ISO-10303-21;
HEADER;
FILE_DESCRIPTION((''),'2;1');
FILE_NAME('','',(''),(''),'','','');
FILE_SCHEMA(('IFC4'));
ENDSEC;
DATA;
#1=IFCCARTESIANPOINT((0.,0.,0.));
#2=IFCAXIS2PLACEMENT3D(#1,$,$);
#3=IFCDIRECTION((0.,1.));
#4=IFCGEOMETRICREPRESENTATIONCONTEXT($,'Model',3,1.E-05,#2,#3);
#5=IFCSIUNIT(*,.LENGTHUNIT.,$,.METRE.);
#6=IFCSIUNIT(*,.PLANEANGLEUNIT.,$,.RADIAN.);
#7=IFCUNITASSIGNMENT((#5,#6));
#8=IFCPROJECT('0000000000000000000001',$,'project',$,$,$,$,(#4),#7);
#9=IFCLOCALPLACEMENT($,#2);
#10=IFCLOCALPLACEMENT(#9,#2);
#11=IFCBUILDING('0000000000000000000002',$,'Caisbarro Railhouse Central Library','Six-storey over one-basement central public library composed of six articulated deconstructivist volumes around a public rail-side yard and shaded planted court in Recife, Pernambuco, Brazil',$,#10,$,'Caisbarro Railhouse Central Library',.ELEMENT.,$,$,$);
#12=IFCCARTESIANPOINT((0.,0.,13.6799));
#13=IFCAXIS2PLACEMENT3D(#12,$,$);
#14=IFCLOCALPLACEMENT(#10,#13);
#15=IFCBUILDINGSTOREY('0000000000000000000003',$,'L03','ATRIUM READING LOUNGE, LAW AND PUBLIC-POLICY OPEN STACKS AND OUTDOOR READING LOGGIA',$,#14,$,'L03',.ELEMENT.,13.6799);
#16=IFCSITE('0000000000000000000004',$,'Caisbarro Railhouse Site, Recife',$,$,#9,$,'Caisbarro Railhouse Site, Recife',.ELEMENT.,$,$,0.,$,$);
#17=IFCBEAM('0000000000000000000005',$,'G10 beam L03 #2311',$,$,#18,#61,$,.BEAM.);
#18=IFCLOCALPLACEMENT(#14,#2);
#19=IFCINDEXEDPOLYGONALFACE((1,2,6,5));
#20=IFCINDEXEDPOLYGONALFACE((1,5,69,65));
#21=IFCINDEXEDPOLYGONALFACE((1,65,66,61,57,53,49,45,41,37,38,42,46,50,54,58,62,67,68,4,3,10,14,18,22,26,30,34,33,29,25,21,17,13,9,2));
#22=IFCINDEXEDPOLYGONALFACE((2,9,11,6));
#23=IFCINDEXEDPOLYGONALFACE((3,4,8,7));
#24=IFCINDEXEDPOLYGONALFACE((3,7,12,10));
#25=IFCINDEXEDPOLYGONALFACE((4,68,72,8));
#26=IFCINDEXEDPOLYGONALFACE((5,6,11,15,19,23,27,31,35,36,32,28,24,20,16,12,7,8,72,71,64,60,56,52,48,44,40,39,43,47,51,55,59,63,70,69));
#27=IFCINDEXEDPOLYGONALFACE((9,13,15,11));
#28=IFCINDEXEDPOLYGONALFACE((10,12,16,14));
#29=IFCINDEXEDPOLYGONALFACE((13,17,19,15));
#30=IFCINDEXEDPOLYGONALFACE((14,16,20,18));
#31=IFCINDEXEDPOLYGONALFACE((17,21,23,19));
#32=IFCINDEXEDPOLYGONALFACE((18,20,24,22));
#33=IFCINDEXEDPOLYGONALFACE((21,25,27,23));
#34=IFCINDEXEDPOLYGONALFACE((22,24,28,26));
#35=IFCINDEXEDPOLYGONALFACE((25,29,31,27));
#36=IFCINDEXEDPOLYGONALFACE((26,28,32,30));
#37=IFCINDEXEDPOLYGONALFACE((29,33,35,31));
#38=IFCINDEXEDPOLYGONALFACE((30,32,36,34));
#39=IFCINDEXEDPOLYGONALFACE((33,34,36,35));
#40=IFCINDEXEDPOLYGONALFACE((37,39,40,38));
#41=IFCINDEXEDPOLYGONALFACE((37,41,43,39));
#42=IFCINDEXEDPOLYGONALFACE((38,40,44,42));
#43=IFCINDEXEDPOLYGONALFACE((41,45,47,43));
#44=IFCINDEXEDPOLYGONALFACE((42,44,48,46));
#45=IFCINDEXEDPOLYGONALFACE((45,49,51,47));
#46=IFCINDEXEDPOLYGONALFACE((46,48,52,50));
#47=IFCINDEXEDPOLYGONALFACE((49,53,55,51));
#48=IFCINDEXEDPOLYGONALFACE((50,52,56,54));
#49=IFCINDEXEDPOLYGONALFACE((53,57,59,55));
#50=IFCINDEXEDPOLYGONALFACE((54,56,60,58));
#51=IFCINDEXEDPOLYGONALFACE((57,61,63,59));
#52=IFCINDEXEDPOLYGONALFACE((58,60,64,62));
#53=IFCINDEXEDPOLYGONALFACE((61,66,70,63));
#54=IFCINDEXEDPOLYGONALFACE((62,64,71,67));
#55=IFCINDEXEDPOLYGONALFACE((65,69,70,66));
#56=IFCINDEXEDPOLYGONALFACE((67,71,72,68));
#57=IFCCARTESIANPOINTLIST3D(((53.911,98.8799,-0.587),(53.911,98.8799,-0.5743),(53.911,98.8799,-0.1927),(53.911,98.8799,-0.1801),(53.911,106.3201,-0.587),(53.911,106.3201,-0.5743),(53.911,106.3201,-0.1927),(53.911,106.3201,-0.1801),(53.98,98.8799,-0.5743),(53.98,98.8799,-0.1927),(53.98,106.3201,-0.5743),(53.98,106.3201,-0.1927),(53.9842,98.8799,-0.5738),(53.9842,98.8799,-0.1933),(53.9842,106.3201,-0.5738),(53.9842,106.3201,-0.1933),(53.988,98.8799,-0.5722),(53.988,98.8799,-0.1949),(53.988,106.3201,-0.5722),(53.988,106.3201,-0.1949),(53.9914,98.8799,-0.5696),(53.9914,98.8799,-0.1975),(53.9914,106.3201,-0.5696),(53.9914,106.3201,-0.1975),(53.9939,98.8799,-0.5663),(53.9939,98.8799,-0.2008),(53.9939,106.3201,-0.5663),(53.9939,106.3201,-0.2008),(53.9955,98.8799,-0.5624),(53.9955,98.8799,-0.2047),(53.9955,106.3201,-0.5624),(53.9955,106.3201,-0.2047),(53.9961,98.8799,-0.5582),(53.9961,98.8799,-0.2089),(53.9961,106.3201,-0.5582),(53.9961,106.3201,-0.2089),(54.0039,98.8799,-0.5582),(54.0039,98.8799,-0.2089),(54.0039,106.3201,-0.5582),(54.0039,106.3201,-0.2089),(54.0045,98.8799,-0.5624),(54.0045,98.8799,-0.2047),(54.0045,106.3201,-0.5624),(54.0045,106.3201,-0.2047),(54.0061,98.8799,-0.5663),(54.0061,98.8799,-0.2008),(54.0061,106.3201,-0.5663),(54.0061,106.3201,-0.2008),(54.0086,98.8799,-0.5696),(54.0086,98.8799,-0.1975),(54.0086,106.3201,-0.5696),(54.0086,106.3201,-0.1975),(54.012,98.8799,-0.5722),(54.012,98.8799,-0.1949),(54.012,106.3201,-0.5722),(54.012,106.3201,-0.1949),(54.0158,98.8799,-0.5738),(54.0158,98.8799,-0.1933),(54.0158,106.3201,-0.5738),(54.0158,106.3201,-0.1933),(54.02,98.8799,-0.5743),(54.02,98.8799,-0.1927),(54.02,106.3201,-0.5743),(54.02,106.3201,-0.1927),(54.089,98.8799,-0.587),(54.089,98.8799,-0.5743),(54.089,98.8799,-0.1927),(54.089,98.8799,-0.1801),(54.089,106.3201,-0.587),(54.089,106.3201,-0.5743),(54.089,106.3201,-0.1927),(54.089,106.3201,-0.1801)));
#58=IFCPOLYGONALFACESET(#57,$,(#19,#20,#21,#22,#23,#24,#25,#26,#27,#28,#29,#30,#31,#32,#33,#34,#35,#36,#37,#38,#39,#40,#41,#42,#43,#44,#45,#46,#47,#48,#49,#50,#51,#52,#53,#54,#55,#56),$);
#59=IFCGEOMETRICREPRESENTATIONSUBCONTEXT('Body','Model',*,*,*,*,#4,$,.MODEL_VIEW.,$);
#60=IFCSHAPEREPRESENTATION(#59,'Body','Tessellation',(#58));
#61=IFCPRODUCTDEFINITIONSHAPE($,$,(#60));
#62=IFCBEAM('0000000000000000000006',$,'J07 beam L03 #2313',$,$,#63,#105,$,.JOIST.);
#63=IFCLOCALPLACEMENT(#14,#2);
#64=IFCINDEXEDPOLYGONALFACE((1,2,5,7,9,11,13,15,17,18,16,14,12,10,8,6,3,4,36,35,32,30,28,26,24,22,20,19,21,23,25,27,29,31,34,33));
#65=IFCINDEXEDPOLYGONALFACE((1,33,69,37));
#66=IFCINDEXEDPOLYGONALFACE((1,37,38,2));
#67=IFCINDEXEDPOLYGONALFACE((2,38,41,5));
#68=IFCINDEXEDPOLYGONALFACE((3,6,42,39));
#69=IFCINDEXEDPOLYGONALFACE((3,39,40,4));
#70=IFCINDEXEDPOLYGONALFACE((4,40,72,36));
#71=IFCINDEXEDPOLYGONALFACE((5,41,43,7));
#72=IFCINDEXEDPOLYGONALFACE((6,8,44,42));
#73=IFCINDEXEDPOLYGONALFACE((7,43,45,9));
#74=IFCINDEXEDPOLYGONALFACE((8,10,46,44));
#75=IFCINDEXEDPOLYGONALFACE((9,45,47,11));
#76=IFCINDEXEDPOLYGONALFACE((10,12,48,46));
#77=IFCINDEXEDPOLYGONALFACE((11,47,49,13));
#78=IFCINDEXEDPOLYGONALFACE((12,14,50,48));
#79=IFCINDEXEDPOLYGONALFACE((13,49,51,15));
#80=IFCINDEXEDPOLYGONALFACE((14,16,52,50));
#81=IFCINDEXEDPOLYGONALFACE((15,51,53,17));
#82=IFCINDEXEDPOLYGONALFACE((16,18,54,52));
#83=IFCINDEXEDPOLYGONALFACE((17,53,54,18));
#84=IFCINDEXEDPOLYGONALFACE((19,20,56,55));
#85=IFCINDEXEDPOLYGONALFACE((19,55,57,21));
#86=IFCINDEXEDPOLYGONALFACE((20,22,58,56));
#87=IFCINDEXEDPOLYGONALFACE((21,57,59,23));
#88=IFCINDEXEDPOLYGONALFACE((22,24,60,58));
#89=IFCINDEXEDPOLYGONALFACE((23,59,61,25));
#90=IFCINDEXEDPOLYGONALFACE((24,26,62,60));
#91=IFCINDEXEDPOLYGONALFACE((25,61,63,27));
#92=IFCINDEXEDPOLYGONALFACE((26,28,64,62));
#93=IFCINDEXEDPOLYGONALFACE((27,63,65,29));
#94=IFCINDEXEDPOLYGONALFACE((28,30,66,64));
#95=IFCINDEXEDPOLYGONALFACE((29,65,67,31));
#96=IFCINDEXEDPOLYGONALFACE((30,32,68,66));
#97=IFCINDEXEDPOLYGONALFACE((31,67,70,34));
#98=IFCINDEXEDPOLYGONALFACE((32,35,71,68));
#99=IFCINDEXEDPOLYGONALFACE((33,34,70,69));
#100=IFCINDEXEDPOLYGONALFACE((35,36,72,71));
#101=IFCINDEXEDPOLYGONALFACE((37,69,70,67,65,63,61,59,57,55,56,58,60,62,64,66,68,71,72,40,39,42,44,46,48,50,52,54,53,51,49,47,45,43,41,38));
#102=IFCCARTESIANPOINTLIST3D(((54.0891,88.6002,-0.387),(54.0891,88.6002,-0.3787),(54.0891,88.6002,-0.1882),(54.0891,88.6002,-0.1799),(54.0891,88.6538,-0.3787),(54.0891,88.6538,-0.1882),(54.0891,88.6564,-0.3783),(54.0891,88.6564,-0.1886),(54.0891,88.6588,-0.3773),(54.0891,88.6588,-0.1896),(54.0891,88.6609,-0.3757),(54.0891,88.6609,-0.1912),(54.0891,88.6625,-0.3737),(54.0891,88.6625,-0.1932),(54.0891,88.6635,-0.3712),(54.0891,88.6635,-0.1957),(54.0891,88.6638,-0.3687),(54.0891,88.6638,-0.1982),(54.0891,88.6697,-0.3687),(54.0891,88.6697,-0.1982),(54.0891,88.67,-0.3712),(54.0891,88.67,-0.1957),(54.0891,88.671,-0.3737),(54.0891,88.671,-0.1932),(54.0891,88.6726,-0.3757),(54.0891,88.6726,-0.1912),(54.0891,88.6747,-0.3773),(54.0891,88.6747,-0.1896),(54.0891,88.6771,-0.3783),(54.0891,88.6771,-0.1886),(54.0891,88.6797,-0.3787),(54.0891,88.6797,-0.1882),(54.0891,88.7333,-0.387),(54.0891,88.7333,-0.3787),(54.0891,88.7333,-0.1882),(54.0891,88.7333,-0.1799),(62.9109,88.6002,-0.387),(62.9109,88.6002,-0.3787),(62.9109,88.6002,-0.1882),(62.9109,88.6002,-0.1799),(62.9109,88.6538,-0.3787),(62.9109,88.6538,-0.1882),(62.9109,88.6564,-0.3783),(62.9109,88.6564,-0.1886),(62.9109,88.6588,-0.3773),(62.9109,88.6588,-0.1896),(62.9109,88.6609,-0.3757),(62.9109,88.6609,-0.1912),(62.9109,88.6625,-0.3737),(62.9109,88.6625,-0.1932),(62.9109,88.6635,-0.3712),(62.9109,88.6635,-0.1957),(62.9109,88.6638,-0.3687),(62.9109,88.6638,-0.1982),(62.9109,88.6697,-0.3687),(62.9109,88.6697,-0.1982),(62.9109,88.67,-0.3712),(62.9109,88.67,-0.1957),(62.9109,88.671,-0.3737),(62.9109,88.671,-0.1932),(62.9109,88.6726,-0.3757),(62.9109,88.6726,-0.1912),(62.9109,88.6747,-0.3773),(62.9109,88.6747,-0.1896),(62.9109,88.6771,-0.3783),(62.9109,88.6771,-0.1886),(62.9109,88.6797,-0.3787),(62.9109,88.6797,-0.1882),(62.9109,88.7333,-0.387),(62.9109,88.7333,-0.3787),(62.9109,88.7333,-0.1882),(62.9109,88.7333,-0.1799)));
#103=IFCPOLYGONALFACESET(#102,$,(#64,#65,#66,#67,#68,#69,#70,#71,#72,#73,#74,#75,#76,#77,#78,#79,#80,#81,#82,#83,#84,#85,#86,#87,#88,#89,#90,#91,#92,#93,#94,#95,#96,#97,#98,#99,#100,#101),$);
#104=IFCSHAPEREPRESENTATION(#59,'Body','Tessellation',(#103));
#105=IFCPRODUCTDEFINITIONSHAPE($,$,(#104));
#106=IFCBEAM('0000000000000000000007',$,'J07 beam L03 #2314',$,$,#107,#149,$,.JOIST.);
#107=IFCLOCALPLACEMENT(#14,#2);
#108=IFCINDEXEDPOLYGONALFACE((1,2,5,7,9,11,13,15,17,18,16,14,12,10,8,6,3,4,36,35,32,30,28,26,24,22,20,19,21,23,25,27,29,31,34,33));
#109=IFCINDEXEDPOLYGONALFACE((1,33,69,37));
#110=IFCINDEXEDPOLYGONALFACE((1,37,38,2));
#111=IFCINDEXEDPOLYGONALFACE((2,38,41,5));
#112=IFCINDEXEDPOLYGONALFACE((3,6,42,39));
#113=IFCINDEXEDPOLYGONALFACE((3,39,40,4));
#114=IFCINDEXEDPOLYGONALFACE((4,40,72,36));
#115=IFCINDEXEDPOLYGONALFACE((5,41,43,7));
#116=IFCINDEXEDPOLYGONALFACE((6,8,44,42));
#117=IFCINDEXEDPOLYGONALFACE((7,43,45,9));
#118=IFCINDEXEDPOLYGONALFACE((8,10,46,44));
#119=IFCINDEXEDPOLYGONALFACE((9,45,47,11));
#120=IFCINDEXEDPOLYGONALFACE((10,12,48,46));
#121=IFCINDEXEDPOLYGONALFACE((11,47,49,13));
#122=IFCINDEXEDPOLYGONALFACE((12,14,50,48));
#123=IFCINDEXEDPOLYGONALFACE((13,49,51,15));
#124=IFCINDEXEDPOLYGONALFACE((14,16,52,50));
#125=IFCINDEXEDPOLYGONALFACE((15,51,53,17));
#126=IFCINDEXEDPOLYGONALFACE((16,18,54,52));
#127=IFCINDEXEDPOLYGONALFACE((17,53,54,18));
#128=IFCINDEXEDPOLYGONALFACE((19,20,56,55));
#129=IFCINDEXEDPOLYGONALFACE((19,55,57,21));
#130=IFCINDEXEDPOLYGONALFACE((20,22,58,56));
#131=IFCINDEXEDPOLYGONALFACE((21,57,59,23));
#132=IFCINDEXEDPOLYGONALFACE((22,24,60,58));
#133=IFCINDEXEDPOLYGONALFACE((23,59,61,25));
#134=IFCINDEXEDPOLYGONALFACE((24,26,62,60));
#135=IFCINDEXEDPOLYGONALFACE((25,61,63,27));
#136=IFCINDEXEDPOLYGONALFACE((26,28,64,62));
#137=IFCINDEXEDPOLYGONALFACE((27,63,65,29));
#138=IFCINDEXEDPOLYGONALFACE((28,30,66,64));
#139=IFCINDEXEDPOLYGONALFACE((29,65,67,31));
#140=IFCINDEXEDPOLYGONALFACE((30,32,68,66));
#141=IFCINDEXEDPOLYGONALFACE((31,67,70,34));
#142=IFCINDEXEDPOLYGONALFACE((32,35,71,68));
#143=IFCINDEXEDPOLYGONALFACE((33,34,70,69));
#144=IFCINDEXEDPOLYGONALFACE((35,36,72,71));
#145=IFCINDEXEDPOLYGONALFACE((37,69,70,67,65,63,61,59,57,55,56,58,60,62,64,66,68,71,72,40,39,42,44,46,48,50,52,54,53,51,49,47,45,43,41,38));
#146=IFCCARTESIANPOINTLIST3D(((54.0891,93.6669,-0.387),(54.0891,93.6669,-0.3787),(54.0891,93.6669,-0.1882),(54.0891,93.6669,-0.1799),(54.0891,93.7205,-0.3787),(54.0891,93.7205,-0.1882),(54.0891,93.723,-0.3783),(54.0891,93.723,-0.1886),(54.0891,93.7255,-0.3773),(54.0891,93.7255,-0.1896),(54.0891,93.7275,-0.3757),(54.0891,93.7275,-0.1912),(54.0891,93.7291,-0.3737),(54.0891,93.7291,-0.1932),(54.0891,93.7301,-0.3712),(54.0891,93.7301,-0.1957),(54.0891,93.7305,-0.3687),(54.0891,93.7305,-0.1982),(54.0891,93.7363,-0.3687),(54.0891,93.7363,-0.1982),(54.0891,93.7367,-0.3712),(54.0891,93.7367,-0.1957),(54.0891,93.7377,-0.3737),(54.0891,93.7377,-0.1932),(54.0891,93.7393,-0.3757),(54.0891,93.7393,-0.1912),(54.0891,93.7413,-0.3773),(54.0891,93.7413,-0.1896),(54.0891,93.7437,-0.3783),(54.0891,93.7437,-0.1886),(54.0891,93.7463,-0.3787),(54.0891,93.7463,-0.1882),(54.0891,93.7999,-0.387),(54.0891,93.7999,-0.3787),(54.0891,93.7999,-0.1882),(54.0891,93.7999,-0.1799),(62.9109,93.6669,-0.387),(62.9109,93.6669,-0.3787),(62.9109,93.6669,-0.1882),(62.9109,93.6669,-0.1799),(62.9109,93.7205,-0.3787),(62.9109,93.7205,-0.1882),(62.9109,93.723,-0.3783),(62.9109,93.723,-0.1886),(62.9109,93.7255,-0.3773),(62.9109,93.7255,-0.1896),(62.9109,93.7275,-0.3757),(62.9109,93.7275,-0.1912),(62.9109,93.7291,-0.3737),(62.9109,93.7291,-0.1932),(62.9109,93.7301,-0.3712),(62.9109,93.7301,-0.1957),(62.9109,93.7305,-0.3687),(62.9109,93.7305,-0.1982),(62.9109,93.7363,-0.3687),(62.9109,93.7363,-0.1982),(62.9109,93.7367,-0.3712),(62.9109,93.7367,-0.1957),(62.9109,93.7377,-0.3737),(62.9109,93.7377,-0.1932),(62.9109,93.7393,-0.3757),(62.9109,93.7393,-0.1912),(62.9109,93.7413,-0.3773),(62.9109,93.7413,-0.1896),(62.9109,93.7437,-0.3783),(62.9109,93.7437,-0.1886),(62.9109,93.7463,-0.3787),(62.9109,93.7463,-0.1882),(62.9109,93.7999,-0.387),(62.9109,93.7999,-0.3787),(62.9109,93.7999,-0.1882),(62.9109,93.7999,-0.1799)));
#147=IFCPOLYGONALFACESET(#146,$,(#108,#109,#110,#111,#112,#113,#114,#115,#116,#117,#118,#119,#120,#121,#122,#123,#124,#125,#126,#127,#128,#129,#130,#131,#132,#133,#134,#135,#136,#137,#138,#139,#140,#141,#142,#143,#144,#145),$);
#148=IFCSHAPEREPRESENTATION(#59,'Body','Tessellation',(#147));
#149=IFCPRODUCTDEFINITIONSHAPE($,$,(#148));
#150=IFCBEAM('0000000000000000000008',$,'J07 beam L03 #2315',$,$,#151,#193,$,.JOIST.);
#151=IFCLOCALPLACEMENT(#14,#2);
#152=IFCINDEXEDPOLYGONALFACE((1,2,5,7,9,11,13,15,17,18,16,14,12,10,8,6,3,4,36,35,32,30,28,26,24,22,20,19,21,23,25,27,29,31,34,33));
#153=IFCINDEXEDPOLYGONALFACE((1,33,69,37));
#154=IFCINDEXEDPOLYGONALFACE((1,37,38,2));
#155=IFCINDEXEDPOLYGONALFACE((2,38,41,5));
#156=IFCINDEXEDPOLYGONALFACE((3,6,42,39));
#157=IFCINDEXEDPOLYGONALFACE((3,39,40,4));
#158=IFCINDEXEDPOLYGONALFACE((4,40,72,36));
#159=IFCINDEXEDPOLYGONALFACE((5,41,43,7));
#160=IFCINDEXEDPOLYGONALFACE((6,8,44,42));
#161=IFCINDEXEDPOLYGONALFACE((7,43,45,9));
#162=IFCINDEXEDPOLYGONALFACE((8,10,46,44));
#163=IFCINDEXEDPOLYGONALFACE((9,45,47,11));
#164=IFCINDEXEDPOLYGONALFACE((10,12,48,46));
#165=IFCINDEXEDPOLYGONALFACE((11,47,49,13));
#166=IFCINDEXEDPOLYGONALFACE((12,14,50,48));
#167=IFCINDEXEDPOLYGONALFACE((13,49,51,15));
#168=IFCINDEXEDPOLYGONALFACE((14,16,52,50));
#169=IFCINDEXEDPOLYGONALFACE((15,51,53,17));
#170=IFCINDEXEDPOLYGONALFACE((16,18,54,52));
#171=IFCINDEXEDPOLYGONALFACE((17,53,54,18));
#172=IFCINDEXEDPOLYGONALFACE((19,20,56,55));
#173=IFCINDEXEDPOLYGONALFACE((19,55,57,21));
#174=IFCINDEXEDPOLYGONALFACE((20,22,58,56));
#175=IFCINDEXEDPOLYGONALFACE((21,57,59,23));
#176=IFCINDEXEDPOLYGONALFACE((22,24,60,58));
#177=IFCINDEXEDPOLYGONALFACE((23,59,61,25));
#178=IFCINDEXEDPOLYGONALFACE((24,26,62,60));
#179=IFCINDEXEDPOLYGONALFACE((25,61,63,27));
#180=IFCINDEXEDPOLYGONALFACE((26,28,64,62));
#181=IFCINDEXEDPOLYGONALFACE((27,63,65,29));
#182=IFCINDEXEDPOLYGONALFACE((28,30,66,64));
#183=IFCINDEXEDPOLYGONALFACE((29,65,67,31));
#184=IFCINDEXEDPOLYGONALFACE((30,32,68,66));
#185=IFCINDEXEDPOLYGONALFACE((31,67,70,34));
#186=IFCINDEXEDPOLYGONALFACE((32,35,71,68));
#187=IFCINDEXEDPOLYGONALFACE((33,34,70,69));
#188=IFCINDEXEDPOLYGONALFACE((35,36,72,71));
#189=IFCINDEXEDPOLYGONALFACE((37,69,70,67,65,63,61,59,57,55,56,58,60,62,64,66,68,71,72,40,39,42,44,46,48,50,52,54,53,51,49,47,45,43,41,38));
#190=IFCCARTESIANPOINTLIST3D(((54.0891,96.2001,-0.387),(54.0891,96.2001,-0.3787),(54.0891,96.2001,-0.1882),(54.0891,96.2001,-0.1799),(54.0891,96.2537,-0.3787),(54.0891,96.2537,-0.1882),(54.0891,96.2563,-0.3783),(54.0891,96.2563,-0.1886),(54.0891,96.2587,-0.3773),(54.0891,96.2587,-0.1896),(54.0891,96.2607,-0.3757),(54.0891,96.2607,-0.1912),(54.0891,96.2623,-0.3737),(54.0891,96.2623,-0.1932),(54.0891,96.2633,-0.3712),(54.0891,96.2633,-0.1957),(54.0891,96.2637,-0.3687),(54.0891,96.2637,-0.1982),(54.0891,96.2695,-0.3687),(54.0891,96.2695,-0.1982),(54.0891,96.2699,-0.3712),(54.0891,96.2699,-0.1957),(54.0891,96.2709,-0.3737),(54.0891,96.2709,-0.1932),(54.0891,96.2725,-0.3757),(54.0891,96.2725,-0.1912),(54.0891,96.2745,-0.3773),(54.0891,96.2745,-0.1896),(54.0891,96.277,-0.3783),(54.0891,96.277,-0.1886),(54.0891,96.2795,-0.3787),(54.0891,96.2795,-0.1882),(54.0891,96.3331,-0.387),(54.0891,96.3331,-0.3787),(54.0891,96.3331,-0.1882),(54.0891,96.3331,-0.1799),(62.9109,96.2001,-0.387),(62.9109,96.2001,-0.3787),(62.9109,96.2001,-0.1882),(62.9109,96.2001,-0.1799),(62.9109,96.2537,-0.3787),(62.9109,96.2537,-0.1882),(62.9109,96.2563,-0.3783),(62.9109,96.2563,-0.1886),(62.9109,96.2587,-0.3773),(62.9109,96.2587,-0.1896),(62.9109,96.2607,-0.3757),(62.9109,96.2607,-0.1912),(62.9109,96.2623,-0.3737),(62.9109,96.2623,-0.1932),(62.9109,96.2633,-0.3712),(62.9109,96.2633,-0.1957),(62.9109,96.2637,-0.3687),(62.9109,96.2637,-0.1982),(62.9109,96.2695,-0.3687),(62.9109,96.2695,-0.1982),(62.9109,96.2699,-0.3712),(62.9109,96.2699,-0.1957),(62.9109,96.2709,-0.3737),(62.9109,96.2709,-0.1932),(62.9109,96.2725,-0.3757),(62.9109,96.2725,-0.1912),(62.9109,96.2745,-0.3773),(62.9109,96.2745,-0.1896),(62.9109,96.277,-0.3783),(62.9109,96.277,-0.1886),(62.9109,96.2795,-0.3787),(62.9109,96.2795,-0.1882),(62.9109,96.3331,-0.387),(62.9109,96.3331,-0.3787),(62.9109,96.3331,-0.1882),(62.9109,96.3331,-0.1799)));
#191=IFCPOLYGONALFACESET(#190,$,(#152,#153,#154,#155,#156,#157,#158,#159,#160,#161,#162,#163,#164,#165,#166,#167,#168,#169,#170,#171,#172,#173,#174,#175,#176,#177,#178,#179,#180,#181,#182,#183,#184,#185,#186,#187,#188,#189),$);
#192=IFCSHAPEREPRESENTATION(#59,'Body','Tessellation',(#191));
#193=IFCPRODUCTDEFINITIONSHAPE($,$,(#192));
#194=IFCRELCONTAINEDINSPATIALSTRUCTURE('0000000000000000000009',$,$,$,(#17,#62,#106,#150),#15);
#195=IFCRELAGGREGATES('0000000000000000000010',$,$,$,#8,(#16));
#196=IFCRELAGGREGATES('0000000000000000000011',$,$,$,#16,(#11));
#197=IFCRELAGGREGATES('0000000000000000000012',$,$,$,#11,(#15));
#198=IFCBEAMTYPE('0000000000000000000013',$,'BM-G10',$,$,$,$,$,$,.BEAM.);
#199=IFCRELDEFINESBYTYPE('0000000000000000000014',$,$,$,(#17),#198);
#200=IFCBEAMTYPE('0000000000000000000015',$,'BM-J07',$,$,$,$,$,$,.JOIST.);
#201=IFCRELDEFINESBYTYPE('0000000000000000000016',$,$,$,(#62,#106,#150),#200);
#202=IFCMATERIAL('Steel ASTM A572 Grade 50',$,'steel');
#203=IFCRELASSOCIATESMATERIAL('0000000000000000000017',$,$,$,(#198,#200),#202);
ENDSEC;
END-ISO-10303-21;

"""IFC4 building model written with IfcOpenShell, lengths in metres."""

from ifc_helpers import new_model, si_unit, direction, frame, origin, origin_2d, place, context, subcontext, project, spatial, i_section, extrude, material, material_profile, profile_set, type_object, element, save


model = new_model("IFC4")

# Units and contexts
model_context = context("Model", 3, precision=1e-05, world=origin(), true_north=direction((0.0, 1.0)))
body_context = subcontext(model_context, "Body", "Model", "MODEL_VIEW")
ifc_project = project(units=[si_unit("LENGTHUNIT", "METRE"), si_unit("PLANEANGLEUNIT", "RADIAN")], contexts=[model_context])

# Site, building, storey
site_placement = place(None, origin())
site = spatial("IfcSite", under=ifc_project, at=site_placement, Name="Caisbarro Railhouse Site, Recife", LongName="Caisbarro Railhouse Site, Recife", CompositionType="ELEMENT", RefElevation=0.0)
building_placement = place(site_placement, origin())
building = spatial("IfcBuilding", under=site, at=building_placement, Name="Caisbarro Railhouse Central Library", Description="Six-storey over one-basement central public library composed of six articulated deconstructivist volumes around a public rail-side yard and shaded planted court in Recife, Pernambuco, Brazil", LongName="Caisbarro Railhouse Central Library", CompositionType="ELEMENT")
storey_placement = place(building_placement, frame((0.0, 0.0, 13.6799)))
storey = spatial("IfcBuildingStorey", under=building, at=storey_placement, Name="L03", Description="ATRIUM READING LOUNGE, LAW AND PUBLIC-POLICY OPEN STACKS AND OUTDOOR READING LOGGIA", LongName="L03", CompositionType="ELEMENT", Elevation=13.6799)

# Shared definitions
ifc_material_1 = material(Name="Steel ASTM A572 Grade 50", Category="steel")

# Beams
ifc_material_profile_1 = material_profile(ifc_material_1, i_section(OverallWidth=0.178, OverallDepth=0.407, WebThickness=0.0078, FlangeThickness=0.0127, FilletRadius=0.0161, at=origin_2d()), Name="W410X60.0")
ifc_profile_set_1 = profile_set([ifc_material_profile_1], Name="Steel ASTM A572 Grade 50")
beam_type_1 = type_object("IfcBeamType", Name="BM-G10", PredefinedType="BEAM", material=ifc_profile_set_1)
beam_1_placement = place(storey_placement, frame((54.0, 98.8799, -0.3835), z_axis=(0.0, 1.0, 0.0), x_axis=(-1.0, 0.0, 0.0)))
element("IfcBeam", 1, at=beam_1_placement, inside=storey, type_object=beam_type_1, Name="G10 beam L03 #2311", PredefinedType="BEAM", context=body_context, shape_type="SweptSolid", body=[
    extrude(i_section(OverallWidth=0.178, OverallDepth=0.407, WebThickness=0.0078, FlangeThickness=0.0127, FilletRadius=0.0161, at=origin_2d()), origin(), (0.0, 0.0, 1.0), 7.4402),
])
ifc_material_profile_2 = material_profile(ifc_material_1, i_section(OverallWidth=0.1331, OverallDepth=0.207, WebThickness=0.0059, FlangeThickness=0.0083, FilletRadius=0.01, at=origin_2d()), Name="W200X26.6")
ifc_profile_set_2 = profile_set([ifc_material_profile_2], Name="Steel ASTM A572 Grade 50")
beam_type_2 = type_object("IfcBeamType", Name="BM-J07", PredefinedType="JOIST", material=ifc_profile_set_2)
for number, where, z_axis, x_axis, name in (
    (2, (54.0891, 88.6667, -0.2834), (1.0, 0.0, 0.0), (0.0, 1.0, 0.0), "J07 beam L03 #2313"),
    (3, (54.0891, 93.7334, -0.2834), (1.0, 0.0, 0.0), (0.0, 1.0, 0.0), "J07 beam L03 #2314"),
    (4, (54.0891, 96.2666, -0.2834), (1.0, 0.0, 0.0), (0.0, 1.0, 0.0), "J07 beam L03 #2315"),
):
    element("IfcBeam", number, at=place(storey_placement, frame(where, z_axis=z_axis, x_axis=x_axis)), inside=storey, type_object=beam_type_2, Name=name, PredefinedType="JOIST", context=body_context, shape_type="SweptSolid", body=[
        extrude(i_section(OverallWidth=0.1331, OverallDepth=0.207, WebThickness=0.0059, FlangeThickness=0.0083, FilletRadius=0.01, at=origin_2d()), origin(), (0.0, 0.0, 1.0), 8.8218),
    ])

save(model, "model.ifc")
